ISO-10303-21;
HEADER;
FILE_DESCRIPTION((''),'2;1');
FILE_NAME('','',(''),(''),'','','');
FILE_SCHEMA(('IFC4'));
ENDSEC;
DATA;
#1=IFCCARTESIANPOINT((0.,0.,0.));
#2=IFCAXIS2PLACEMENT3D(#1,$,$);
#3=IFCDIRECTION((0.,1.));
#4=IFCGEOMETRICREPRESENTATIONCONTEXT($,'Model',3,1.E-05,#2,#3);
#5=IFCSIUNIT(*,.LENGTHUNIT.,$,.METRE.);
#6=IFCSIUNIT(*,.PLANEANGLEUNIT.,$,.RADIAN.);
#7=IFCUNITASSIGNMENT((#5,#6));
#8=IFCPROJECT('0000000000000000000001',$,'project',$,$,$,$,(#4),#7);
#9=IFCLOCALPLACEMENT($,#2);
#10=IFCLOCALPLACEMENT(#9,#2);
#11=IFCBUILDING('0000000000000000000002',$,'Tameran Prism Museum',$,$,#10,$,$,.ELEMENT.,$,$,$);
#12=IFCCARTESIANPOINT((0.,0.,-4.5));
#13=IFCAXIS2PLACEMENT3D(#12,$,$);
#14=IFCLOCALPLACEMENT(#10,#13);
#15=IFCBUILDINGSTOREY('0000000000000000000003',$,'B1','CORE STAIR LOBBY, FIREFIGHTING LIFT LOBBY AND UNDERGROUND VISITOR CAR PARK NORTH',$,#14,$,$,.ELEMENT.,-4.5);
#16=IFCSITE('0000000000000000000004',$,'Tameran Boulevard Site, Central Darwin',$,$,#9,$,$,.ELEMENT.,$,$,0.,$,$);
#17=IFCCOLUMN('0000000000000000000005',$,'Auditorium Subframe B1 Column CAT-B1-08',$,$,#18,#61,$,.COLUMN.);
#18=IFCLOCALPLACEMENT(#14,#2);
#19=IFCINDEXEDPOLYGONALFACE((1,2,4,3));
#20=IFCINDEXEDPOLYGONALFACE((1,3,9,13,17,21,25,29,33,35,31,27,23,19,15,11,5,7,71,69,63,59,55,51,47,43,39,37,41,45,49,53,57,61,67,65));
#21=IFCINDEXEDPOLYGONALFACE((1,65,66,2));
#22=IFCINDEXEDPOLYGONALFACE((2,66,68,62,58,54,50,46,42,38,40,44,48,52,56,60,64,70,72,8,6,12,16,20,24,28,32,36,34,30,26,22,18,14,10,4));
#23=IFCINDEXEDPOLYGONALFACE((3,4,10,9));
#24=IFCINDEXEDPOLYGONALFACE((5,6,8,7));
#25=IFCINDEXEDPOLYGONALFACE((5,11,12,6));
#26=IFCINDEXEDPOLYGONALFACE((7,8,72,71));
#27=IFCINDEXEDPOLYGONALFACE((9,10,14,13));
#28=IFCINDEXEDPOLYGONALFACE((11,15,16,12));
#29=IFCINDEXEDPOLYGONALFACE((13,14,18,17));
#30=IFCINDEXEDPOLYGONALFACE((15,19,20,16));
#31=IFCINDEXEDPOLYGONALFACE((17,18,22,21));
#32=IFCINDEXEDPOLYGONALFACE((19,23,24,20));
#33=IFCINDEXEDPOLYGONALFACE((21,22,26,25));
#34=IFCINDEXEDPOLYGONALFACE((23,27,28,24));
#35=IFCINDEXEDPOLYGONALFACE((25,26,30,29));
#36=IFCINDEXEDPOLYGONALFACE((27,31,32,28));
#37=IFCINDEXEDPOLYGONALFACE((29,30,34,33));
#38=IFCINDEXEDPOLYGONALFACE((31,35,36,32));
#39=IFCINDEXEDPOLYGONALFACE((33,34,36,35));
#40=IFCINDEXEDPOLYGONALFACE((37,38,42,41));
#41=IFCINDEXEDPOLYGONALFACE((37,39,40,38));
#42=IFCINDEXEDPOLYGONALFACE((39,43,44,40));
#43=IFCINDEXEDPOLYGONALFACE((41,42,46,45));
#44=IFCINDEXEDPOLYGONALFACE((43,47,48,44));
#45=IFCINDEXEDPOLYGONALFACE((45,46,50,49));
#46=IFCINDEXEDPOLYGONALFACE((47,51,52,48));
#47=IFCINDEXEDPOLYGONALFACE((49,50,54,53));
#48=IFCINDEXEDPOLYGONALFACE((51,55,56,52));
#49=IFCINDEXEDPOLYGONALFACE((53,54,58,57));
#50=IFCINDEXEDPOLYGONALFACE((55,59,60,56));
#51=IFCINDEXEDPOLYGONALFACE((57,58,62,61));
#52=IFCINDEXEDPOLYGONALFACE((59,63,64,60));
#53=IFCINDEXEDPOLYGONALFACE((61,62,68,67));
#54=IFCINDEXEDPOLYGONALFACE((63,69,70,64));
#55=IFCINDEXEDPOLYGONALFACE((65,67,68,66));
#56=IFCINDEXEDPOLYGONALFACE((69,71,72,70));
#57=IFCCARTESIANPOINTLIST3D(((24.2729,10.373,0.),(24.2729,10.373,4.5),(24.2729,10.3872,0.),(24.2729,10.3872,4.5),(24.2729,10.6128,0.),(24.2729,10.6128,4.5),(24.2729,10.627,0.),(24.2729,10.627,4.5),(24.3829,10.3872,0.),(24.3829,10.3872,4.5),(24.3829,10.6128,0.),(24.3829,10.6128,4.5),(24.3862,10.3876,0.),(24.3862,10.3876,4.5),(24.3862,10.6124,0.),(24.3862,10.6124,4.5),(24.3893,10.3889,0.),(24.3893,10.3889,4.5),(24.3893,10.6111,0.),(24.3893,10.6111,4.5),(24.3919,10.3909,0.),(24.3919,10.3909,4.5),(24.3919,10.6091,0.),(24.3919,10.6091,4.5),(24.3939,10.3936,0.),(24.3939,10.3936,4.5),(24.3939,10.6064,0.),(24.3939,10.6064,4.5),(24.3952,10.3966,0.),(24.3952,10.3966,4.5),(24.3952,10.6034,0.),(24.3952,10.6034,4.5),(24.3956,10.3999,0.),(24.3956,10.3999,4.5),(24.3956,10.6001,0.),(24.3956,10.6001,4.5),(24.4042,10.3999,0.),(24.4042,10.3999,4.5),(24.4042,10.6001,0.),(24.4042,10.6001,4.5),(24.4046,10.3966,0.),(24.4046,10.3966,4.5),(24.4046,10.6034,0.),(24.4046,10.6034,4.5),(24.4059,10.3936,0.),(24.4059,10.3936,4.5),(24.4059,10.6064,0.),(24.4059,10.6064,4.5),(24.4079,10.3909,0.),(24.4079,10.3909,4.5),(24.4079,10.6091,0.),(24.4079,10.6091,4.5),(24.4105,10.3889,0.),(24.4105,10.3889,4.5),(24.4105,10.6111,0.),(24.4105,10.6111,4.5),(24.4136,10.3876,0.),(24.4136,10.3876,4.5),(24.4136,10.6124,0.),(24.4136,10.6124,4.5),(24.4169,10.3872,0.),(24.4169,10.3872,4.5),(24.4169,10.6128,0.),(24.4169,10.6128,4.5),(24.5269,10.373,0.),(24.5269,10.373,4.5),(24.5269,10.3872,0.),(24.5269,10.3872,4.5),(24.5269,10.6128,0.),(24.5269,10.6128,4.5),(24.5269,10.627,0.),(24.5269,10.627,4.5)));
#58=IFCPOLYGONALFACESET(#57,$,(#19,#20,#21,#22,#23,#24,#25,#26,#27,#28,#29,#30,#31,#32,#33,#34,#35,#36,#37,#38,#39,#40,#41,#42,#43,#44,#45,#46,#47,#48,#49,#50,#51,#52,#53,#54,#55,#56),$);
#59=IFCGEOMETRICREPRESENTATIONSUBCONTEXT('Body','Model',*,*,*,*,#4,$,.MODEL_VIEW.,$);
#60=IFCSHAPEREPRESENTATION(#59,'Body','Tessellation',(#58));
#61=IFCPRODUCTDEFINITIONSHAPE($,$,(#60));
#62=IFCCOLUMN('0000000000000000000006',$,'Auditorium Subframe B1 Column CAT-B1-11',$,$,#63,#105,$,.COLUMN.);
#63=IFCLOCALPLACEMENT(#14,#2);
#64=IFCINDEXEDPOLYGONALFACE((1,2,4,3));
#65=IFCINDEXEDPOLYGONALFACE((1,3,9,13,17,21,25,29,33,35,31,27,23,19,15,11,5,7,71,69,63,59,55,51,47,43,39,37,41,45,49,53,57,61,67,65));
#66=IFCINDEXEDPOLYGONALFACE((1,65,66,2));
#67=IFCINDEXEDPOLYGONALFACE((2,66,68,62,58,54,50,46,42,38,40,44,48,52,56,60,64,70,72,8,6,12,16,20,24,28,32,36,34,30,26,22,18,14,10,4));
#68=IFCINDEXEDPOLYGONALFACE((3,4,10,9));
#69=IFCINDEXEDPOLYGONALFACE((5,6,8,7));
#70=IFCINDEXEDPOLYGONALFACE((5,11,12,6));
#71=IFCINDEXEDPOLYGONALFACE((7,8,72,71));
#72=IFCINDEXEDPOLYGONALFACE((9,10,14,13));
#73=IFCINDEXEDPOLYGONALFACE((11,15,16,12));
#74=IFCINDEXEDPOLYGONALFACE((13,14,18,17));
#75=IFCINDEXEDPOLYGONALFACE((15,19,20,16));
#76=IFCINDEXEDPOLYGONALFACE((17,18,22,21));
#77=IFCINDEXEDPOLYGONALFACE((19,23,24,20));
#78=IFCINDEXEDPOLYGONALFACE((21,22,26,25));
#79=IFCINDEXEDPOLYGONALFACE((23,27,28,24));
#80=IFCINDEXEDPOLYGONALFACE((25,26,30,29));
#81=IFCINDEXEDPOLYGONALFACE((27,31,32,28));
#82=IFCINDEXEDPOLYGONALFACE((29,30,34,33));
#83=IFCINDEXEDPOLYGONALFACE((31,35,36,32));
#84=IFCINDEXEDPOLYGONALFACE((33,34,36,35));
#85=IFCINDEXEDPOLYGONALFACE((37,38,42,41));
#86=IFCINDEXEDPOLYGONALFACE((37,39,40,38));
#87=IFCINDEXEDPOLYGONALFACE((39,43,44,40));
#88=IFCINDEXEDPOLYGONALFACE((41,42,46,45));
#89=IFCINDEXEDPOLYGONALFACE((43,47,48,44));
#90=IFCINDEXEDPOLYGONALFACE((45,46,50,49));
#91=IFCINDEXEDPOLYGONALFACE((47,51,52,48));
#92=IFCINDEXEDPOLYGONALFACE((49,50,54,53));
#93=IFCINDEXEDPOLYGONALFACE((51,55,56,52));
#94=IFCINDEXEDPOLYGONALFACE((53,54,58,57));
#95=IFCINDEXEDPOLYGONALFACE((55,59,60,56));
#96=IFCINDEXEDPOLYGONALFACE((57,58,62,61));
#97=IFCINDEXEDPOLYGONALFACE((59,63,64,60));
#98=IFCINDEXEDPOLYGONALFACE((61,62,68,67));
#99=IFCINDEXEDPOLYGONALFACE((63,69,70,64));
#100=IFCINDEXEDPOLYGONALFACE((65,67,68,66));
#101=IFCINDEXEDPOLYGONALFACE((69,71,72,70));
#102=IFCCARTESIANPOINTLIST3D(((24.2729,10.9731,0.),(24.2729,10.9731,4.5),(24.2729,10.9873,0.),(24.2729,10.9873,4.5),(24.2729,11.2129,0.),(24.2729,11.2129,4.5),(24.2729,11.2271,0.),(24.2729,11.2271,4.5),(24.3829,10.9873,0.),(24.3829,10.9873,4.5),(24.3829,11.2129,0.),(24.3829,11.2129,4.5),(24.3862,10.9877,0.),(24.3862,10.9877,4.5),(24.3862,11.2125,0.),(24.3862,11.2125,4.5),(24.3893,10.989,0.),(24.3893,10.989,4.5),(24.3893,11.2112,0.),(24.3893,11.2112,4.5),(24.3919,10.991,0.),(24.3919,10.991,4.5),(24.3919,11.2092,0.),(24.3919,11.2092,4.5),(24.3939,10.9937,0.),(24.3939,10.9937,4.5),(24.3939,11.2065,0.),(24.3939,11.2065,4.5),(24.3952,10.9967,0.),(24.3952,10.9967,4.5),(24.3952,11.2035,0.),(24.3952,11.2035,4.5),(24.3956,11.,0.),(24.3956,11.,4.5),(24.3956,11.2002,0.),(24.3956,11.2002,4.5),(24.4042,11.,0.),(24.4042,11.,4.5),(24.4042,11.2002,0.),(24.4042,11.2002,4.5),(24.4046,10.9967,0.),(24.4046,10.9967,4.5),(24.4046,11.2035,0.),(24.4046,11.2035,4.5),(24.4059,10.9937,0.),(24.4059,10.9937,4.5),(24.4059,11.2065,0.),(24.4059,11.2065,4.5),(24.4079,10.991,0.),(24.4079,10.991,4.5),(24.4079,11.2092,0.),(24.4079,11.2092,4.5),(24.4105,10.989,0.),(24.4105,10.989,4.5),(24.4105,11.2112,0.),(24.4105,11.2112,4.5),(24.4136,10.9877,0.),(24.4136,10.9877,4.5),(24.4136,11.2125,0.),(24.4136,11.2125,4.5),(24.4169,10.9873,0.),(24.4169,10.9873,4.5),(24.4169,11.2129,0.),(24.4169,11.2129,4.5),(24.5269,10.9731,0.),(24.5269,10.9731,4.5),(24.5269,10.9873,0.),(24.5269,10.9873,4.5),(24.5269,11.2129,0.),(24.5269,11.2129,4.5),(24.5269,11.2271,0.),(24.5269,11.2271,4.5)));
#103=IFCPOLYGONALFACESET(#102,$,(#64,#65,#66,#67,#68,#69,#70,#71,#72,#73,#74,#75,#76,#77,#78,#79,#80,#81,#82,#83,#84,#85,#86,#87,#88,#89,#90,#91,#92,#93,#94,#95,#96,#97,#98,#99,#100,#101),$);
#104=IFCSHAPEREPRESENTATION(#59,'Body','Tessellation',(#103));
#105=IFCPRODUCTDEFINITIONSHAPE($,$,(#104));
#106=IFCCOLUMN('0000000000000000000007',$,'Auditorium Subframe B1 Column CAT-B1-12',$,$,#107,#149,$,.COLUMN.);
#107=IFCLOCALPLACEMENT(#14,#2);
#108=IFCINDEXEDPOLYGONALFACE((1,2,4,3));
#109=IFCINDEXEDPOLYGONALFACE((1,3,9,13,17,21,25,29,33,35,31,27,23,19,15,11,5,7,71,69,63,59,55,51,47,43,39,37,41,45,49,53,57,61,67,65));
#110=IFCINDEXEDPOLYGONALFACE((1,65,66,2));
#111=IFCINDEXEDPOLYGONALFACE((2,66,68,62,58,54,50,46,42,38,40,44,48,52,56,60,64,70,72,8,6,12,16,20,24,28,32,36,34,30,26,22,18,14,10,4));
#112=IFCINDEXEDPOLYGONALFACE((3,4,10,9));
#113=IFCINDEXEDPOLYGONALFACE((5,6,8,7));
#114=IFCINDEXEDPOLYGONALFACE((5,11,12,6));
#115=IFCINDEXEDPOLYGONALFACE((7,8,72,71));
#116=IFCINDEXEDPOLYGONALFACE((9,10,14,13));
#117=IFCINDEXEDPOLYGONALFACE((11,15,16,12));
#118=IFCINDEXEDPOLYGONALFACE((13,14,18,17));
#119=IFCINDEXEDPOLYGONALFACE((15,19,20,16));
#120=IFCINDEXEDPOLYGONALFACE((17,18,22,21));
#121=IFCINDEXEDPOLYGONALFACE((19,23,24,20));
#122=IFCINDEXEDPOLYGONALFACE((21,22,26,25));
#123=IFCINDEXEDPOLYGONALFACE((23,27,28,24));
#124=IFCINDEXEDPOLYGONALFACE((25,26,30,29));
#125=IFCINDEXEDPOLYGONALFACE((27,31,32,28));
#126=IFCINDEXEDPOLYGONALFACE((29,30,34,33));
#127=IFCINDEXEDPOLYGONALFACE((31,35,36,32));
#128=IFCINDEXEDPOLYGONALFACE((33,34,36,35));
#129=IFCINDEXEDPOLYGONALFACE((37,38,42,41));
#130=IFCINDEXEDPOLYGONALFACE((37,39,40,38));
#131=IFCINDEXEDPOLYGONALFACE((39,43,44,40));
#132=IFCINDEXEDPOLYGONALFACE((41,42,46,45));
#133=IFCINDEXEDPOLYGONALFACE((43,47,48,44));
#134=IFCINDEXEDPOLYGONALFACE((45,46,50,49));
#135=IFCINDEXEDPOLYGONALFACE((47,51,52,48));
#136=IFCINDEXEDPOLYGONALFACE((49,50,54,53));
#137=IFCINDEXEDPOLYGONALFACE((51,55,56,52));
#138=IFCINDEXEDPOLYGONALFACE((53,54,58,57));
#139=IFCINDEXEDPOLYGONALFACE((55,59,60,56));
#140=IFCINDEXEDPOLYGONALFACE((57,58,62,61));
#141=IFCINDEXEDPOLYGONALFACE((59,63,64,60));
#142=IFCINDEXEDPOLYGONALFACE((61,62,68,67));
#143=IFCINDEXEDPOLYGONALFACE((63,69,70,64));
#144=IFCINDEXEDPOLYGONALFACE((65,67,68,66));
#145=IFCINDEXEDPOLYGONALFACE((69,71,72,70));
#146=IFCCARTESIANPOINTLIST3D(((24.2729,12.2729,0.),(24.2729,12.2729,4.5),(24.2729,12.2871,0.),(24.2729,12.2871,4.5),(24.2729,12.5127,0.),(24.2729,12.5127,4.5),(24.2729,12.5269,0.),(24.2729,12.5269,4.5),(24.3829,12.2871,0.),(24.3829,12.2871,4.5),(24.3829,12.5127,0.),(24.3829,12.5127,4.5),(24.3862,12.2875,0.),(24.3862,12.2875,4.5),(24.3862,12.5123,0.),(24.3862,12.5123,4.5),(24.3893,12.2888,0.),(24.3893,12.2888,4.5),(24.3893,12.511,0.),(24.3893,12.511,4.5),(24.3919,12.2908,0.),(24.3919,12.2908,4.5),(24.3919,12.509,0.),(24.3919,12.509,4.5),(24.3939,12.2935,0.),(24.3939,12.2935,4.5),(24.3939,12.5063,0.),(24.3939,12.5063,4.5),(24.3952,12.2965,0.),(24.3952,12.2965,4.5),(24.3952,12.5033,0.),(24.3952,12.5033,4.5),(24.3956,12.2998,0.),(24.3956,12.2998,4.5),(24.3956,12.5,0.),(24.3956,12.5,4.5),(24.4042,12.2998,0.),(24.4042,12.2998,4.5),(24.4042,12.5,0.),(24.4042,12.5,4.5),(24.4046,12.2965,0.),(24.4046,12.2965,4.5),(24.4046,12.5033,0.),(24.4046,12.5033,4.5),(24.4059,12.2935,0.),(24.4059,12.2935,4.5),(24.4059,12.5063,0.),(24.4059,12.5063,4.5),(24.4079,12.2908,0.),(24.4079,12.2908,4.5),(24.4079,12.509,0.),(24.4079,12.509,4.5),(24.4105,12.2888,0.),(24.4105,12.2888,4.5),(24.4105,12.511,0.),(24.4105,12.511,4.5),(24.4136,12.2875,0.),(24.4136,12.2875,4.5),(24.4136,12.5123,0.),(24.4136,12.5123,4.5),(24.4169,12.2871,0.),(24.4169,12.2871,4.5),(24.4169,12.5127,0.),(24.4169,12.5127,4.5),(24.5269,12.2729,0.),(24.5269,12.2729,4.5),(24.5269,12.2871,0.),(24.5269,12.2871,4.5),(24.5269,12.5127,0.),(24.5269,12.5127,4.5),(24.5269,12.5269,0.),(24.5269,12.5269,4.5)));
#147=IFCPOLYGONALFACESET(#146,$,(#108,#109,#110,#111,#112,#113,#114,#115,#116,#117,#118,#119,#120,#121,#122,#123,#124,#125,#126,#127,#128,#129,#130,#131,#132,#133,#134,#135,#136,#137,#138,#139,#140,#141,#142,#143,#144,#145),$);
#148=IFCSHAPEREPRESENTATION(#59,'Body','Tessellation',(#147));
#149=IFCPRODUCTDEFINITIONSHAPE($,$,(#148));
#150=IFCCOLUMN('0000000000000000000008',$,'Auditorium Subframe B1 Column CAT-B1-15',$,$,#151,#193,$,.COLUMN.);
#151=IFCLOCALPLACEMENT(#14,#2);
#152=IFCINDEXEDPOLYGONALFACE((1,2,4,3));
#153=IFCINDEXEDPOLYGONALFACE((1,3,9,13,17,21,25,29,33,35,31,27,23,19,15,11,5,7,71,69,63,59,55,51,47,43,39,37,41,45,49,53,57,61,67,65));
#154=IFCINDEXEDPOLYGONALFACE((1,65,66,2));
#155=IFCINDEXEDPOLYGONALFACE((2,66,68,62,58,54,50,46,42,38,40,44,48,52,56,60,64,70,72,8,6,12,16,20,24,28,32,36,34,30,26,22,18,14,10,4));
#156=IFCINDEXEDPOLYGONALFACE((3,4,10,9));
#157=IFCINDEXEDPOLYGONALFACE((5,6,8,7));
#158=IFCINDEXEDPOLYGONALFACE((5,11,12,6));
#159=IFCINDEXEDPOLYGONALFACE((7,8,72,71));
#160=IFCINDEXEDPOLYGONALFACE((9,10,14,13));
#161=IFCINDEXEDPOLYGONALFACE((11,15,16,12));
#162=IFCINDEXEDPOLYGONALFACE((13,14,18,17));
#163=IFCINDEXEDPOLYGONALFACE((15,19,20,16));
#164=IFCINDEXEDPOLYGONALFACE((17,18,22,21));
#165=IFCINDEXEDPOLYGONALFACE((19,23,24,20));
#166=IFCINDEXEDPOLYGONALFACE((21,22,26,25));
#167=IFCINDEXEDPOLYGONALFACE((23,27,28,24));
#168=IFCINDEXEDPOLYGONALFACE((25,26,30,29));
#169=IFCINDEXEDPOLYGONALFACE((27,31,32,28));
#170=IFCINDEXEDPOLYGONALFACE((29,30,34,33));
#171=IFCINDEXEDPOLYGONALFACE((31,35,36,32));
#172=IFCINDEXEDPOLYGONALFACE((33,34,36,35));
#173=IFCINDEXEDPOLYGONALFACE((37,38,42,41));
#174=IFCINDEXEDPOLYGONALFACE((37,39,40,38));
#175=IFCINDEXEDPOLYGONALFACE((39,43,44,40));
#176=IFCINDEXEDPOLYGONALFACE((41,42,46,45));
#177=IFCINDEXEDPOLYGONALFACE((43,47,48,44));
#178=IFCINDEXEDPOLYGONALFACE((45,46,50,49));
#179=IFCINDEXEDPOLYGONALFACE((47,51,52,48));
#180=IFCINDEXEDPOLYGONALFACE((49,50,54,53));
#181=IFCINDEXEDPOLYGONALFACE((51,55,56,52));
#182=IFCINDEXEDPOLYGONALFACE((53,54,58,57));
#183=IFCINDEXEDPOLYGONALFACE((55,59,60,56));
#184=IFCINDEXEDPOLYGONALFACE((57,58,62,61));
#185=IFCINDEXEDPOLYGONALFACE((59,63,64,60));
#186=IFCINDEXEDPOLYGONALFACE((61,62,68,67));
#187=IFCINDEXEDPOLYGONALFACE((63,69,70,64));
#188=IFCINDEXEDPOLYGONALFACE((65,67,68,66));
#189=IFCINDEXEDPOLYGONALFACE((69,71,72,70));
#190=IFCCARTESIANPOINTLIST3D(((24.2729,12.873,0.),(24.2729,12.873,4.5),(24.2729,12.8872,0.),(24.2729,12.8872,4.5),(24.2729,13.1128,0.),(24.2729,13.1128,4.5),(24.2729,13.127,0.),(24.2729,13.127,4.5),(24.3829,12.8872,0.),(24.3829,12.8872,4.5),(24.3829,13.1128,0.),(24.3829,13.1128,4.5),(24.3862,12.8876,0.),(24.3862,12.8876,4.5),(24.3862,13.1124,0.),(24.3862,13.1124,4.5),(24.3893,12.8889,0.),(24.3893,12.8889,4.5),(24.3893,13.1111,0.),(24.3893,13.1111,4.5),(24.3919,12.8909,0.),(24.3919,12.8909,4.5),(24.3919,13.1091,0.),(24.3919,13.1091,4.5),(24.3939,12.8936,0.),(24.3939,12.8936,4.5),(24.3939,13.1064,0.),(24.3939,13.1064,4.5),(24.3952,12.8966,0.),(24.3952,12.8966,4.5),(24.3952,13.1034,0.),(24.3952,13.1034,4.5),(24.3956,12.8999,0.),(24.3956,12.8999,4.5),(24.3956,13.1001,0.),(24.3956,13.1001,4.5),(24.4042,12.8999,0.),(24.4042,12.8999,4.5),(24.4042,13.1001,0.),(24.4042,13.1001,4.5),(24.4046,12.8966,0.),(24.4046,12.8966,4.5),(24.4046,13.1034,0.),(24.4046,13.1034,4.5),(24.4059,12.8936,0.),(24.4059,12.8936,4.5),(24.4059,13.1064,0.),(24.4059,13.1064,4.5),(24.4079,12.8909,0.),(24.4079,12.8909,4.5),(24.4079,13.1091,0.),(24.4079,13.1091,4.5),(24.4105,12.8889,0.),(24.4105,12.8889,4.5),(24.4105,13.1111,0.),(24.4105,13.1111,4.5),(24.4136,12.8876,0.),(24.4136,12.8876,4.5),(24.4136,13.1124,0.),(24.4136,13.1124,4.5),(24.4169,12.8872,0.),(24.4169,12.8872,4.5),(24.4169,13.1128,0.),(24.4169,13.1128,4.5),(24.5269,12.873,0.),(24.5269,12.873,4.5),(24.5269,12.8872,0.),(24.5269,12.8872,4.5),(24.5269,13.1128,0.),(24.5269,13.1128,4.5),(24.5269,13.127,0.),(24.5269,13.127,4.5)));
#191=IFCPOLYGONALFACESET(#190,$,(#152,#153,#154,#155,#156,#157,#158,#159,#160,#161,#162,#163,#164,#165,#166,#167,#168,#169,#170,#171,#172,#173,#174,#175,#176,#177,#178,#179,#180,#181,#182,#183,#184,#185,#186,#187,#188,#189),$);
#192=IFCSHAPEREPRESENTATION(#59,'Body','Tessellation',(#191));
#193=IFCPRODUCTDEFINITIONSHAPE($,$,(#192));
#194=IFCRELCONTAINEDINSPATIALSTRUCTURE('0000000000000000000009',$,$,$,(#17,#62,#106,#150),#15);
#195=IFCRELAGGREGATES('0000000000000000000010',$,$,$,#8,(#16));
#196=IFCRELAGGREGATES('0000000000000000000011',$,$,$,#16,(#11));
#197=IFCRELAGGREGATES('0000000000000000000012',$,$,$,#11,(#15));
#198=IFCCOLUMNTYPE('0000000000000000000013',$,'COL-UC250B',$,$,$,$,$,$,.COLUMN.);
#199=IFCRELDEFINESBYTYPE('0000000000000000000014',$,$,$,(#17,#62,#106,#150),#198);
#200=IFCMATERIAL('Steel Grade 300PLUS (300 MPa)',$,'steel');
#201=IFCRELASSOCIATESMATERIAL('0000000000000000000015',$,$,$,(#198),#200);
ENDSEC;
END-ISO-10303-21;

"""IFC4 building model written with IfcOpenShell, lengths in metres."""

from ifc_helpers import new_model, si_unit, direction, frame, origin, origin_2d, place, context, subcontext, project, spatial, i_section, extrude, material, material_profile, profile_set, type_object, element, save


model = new_model("IFC4")

# Units and contexts
model_context = context("Model", 3, precision=1e-05, world=origin(), true_north=direction((0.0, 1.0)))
body_context = subcontext(model_context, "Body", "Model", "MODEL_VIEW")
ifc_project = project(units=[si_unit("LENGTHUNIT", "METRE"), si_unit("PLANEANGLEUNIT", "RADIAN")], contexts=[model_context])

# Site, building, storey
site_placement = place(None, origin())
site = spatial("IfcSite", under=ifc_project, at=site_placement, Name="Tameran Boulevard Site, Central Darwin", CompositionType="ELEMENT", RefElevation=0.0)
building_placement = place(site_placement, origin())
building = spatial("IfcBuilding", under=site, at=building_placement, Name="Tameran Prism Museum", CompositionType="ELEMENT")
storey_placement = place(building_placement, frame((0.0, 0.0, -4.5)))
storey = spatial("IfcBuildingStorey", under=building, at=storey_placement, Name="B1", Description="CORE STAIR LOBBY, FIREFIGHTING LIFT LOBBY AND UNDERGROUND VISITOR CAR PARK NORTH", CompositionType="ELEMENT", Elevation=-4.5)

# Columns
ifc_material_1 = material(Name="Steel Grade 300PLUS (300 MPa)", Category="steel")
ifc_material_profile_1 = material_profile(ifc_material_1, i_section(OverallWidth=0.2539, OverallDepth=0.2539, WebThickness=0.0085, FlangeThickness=0.0142, FilletRadius=0.0127, at=origin_2d()))
ifc_profile_set_1 = profile_set([ifc_material_profile_1])
column_type_1 = type_object("IfcColumnType", Name="COL-UC250B", PredefinedType="COLUMN", material=ifc_profile_set_1)
for number, where, z_axis, x_axis, name in (
    (1, (24.3999, 10.5, 0.0), (0.0, 0.0, 1.0), (1.0, 0.0, 0.0), "Auditorium Subframe B1 Column CAT-B1-08"),
    (2, (24.3999, 11.1001, 0.0), (0.0, 0.0, 1.0), (1.0, 0.0, 0.0), "Auditorium Subframe B1 Column CAT-B1-11"),
    (3, (24.3999, 12.3999, 0.0), (0.0, 0.0, 1.0), (1.0, 0.0, 0.0), "Auditorium Subframe B1 Column CAT-B1-12"),
    (4, (24.3999, 13.0, 0.0), (0.0, 0.0, 1.0), (1.0, 0.0, 0.0), "Auditorium Subframe B1 Column CAT-B1-15"),
):
    element("IfcColumn", number, at=place(storey_placement, frame(where, z_axis=z_axis, x_axis=x_axis)), inside=storey, type_object=column_type_1, Name=name, PredefinedType="COLUMN", context=body_context, shape_type="SweptSolid", body=[
        extrude(i_section(OverallWidth=0.2539, OverallDepth=0.2539, WebThickness=0.0085, FlangeThickness=0.0142, FilletRadius=0.0127, at=origin_2d()), origin(), (0.0, 0.0, 1.0), 4.5),
    ])

save(model, "model.ifc")
